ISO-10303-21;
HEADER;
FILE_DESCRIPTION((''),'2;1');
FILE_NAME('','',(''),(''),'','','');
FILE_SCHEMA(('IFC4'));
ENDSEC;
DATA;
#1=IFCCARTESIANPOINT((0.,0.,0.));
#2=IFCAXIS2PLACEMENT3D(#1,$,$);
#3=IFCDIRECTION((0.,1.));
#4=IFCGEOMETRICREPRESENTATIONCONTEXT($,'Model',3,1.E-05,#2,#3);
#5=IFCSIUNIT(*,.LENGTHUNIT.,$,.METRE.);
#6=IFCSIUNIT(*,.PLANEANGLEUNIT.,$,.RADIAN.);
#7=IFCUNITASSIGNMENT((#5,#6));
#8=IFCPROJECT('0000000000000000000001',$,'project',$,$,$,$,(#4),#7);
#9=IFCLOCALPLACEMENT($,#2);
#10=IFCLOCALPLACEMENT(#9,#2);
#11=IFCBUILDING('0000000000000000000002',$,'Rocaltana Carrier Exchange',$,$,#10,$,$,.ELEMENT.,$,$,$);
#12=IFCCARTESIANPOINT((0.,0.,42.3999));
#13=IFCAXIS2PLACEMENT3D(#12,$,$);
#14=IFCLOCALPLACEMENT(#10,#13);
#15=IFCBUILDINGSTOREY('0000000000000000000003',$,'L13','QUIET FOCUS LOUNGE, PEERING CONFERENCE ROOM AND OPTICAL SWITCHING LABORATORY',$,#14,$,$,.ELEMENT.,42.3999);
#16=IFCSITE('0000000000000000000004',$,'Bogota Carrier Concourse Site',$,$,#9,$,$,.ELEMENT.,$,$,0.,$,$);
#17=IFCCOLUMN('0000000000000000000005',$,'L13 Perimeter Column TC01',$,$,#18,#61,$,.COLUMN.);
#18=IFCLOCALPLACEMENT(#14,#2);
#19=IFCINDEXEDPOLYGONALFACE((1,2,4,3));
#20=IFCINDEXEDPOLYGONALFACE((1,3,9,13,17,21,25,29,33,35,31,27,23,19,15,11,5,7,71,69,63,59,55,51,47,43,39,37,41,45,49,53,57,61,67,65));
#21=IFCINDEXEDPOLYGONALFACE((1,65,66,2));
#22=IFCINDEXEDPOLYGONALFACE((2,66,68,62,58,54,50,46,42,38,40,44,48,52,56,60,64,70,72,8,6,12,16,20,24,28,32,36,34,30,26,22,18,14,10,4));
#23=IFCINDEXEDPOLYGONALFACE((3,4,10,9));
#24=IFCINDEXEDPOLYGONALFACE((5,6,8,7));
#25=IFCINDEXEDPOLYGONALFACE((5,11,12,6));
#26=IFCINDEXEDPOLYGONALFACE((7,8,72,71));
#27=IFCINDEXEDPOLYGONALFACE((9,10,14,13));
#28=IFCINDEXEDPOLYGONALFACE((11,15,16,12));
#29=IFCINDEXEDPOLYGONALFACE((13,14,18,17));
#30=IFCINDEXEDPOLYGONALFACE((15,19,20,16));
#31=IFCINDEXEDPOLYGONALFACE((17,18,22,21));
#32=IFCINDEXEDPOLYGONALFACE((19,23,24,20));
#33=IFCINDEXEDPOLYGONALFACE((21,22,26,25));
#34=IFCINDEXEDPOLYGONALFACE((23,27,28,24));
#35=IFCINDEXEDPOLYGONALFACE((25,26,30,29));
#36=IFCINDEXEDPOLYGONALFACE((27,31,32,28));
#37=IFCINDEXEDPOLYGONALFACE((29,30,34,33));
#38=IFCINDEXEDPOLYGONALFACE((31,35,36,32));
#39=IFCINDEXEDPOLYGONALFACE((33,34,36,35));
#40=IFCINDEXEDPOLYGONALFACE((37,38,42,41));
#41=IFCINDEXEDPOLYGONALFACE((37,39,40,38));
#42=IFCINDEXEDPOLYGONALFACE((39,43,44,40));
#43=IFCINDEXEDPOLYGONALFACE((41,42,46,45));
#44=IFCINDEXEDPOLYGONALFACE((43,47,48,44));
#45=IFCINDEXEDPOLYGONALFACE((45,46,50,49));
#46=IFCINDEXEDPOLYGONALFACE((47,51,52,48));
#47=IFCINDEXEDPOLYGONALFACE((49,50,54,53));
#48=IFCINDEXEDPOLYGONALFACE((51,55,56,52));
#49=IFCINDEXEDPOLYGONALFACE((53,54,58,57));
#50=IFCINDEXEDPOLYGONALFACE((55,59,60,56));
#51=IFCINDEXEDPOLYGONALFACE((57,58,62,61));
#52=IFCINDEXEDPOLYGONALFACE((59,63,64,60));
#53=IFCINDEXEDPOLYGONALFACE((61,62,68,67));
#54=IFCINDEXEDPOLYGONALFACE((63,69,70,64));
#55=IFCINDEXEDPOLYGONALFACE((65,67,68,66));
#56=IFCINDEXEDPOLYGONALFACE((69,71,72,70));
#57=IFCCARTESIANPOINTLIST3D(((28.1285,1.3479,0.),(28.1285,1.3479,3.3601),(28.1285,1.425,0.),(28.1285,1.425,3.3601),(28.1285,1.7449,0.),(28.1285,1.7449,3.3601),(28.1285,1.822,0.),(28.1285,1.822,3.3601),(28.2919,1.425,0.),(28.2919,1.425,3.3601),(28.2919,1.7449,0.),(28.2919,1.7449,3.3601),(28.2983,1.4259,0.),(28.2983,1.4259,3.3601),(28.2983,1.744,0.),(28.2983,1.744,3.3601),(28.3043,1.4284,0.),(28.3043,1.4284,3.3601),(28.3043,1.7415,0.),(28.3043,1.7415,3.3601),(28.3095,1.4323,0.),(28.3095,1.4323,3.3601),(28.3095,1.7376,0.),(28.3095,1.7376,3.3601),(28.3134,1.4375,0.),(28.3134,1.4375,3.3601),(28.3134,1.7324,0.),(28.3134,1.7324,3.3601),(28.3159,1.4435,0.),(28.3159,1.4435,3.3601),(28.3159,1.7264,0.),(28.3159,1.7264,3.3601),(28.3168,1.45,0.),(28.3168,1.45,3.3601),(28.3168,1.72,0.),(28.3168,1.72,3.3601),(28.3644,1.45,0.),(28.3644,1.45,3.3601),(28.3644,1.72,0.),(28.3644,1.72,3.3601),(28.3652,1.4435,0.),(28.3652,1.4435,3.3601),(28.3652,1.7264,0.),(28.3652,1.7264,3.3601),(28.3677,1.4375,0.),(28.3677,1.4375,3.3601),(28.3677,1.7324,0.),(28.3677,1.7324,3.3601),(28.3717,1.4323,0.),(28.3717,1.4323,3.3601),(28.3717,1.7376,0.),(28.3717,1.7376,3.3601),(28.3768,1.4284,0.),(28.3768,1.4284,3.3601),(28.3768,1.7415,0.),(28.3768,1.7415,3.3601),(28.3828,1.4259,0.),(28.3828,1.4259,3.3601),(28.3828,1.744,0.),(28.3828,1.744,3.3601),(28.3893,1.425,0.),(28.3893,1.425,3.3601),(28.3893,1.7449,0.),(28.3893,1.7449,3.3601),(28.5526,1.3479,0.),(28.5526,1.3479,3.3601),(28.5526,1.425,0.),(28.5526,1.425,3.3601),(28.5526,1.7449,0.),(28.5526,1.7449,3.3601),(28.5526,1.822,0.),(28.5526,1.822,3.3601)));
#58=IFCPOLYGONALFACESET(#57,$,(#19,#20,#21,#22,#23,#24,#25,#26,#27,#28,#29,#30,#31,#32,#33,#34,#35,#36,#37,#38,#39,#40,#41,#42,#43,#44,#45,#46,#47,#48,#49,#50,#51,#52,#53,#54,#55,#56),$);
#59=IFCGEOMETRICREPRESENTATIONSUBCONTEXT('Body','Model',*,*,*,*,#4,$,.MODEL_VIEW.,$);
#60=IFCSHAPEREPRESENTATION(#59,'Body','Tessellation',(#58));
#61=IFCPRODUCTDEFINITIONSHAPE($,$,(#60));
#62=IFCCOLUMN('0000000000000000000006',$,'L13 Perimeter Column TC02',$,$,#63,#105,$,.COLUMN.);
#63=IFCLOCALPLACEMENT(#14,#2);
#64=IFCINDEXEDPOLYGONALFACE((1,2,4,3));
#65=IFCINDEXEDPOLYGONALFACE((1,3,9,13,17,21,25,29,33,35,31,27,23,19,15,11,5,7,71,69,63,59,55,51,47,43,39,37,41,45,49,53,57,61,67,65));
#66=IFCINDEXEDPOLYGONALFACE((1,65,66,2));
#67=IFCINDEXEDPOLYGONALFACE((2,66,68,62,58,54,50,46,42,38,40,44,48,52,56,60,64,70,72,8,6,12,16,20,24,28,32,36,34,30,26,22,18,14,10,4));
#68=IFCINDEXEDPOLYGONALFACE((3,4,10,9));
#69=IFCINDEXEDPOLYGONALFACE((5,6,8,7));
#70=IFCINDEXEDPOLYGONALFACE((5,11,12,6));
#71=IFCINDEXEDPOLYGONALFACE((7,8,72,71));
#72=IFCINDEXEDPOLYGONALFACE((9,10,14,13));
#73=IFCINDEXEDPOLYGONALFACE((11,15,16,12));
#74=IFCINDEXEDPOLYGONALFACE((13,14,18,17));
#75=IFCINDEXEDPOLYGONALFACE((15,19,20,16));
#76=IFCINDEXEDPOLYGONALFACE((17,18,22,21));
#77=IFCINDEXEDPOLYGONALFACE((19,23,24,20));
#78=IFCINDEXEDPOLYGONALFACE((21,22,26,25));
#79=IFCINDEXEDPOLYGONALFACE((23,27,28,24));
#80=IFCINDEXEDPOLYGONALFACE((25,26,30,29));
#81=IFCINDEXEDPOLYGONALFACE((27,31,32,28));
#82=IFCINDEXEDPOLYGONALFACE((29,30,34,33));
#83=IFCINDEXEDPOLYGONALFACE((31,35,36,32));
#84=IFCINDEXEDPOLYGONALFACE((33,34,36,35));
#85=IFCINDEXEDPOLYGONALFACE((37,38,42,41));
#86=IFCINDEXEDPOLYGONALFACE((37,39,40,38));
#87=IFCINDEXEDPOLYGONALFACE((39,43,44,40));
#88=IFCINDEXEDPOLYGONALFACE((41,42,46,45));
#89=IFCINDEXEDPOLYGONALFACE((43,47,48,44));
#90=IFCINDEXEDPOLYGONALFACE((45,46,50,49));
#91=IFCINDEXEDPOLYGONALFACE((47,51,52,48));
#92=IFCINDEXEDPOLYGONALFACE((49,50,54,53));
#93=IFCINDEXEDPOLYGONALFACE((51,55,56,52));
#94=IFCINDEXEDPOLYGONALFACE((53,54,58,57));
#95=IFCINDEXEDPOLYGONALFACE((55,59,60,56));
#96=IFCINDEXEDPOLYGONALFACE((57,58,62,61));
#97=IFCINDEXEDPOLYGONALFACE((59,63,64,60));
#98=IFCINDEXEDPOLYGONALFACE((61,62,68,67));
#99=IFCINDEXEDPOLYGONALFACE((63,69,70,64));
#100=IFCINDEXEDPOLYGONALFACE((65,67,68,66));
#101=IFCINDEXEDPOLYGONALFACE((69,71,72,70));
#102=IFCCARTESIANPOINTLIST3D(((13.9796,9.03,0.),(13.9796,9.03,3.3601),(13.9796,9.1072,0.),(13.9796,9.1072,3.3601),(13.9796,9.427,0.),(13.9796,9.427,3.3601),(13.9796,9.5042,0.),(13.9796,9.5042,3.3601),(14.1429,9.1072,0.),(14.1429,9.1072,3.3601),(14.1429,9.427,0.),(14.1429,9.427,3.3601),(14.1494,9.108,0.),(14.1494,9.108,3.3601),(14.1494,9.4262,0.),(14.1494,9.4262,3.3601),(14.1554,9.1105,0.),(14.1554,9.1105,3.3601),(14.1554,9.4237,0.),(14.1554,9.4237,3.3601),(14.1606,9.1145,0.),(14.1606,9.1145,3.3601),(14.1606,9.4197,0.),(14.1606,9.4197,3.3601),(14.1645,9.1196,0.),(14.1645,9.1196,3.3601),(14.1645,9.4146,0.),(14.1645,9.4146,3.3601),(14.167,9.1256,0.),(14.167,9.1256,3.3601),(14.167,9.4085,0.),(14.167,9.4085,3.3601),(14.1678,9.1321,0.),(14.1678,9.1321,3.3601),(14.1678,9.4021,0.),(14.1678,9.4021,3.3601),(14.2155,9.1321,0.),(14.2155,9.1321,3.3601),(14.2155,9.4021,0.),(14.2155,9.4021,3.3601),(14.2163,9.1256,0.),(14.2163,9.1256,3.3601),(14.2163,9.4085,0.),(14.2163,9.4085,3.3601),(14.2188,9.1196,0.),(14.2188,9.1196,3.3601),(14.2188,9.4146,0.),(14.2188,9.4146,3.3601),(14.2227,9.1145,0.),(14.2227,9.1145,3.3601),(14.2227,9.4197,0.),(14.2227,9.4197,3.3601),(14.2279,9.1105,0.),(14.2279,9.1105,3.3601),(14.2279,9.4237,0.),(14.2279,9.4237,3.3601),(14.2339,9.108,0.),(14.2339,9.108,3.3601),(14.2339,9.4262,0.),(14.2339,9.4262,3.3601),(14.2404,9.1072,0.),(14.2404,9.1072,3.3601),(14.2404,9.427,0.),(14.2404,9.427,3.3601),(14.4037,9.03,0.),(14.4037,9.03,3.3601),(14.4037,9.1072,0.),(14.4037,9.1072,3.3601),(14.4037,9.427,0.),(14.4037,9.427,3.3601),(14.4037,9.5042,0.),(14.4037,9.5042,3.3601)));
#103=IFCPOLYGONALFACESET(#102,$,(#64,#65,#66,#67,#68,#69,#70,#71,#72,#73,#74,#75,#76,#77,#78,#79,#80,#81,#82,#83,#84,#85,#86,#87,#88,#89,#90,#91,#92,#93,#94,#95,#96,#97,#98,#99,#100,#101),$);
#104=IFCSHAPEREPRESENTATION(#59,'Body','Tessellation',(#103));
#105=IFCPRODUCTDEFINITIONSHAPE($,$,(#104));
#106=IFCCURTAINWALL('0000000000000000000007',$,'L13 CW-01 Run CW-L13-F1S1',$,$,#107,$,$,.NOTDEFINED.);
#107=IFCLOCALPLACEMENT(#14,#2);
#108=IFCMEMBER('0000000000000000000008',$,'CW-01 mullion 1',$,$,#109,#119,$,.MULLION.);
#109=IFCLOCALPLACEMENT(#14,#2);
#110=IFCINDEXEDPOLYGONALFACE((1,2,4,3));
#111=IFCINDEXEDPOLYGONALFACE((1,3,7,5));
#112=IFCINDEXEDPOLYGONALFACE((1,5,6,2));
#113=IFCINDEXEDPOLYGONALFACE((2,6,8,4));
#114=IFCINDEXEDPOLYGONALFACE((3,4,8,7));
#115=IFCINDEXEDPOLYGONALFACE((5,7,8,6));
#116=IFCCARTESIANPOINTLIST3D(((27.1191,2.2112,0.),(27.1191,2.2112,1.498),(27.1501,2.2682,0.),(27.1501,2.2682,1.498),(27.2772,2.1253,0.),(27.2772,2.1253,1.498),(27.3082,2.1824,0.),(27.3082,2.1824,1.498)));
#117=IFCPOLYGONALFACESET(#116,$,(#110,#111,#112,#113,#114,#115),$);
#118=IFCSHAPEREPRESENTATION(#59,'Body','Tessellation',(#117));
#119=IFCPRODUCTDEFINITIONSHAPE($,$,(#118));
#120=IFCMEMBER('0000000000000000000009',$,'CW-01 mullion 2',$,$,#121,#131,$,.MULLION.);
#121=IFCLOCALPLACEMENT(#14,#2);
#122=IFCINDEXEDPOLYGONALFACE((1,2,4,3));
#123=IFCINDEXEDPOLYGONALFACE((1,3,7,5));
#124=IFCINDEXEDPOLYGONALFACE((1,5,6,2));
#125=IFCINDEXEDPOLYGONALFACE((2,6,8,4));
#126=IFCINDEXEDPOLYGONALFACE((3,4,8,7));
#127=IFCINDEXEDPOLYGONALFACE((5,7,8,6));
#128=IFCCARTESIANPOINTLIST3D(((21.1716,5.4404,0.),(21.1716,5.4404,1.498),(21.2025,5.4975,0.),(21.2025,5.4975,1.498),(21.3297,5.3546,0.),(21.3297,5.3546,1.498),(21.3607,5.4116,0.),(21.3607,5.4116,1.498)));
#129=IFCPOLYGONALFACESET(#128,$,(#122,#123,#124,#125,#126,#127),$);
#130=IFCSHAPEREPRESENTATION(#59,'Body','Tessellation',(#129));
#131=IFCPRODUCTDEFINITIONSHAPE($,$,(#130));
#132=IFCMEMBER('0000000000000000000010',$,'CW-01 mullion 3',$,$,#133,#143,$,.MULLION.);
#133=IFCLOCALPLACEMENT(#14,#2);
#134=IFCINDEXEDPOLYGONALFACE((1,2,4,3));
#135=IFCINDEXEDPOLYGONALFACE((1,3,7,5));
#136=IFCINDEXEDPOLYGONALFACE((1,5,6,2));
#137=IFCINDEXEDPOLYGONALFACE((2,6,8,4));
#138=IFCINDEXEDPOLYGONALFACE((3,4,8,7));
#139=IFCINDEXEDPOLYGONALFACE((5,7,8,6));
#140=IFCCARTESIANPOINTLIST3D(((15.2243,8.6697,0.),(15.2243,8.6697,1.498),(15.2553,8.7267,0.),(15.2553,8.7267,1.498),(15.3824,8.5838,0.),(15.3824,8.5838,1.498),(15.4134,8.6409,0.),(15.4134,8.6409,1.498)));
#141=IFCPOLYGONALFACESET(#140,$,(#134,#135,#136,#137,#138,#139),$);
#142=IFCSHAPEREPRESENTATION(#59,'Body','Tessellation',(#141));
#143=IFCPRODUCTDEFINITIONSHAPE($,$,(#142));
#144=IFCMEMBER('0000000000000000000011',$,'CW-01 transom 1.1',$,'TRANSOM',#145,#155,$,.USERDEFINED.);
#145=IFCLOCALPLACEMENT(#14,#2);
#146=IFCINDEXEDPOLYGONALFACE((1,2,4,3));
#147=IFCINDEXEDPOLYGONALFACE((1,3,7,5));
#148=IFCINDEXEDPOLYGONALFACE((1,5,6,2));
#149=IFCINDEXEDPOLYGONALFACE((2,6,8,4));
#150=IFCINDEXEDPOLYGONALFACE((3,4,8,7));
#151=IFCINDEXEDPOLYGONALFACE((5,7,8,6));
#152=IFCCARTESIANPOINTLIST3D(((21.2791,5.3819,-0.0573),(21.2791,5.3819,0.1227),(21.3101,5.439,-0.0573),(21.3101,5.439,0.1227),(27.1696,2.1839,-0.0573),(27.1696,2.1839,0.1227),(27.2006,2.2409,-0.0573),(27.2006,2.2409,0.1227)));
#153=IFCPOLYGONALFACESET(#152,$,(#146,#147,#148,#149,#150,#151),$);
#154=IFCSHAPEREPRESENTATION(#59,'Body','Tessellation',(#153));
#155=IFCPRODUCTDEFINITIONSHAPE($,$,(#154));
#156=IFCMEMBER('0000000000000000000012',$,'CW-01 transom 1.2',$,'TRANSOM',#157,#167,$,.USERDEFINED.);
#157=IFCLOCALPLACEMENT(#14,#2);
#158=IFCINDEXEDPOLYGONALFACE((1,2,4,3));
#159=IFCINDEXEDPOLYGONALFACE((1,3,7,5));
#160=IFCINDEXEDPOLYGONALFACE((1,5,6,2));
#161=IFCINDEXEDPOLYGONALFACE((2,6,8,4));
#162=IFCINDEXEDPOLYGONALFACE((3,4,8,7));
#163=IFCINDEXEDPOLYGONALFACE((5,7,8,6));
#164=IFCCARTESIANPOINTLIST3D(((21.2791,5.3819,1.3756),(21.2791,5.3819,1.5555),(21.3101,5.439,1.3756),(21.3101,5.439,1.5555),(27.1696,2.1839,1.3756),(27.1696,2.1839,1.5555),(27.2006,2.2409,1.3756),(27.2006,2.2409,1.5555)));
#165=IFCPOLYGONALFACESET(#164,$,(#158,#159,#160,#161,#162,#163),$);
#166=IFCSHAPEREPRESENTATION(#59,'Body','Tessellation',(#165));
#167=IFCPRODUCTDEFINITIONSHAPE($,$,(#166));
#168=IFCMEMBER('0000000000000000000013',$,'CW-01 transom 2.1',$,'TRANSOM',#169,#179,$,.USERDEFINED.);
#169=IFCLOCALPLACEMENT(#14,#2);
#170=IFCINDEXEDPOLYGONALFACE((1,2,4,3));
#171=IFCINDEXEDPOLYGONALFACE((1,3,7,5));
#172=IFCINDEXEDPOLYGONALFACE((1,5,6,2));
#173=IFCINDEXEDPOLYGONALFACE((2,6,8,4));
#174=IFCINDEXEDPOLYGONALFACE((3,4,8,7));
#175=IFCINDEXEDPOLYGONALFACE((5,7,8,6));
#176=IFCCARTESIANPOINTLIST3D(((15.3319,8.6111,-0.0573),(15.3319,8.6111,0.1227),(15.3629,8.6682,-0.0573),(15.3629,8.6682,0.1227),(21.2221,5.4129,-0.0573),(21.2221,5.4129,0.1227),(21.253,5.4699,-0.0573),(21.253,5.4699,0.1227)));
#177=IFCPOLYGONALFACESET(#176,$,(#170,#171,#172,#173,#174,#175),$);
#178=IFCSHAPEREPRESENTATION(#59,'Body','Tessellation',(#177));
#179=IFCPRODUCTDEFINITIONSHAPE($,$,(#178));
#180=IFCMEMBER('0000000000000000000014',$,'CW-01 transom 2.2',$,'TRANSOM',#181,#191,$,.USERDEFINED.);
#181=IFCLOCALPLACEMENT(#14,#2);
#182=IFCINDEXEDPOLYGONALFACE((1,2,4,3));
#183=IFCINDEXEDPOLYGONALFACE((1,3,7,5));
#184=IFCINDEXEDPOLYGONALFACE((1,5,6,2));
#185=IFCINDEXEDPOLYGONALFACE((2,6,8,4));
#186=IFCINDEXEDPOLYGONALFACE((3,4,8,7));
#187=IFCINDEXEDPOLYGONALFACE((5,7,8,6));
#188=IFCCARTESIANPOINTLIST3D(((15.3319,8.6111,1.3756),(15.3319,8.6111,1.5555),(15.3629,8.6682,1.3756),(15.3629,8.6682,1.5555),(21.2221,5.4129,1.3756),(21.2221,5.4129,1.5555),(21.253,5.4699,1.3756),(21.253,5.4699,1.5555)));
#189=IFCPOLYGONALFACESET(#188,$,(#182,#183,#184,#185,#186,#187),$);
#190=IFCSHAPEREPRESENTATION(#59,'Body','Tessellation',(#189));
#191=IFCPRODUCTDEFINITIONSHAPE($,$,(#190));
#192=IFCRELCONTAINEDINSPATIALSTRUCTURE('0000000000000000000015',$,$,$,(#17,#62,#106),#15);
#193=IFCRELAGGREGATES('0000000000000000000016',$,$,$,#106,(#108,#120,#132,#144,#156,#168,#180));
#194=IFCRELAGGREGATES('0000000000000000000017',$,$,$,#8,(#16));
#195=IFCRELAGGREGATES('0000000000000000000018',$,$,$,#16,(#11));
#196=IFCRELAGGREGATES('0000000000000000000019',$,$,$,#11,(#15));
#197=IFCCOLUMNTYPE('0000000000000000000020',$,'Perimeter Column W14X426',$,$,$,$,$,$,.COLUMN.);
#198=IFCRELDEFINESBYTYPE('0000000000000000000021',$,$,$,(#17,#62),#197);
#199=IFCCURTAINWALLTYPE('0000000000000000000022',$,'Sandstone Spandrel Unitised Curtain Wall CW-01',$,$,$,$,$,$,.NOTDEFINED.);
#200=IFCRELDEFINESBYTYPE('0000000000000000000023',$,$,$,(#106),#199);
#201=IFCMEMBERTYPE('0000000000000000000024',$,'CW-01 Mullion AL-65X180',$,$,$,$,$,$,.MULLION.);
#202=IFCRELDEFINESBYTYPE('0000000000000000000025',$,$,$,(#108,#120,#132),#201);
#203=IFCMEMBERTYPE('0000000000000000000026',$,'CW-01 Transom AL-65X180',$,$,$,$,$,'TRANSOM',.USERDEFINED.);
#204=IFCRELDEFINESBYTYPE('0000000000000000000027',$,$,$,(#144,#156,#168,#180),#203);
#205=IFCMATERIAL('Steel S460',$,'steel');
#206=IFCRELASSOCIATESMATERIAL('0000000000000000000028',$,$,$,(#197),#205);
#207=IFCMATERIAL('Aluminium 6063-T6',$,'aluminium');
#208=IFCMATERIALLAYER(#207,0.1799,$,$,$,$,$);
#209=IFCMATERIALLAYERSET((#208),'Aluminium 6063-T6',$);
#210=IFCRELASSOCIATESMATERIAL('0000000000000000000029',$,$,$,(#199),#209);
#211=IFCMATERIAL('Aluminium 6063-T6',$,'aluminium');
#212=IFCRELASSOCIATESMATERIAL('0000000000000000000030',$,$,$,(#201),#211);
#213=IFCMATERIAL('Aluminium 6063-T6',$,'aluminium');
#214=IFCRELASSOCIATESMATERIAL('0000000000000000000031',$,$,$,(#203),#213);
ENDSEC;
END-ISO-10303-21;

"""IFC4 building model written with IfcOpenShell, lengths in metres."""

from ifc_helpers import new_model, si_unit, direction, frame, origin, origin_2d, place, context, subcontext, project, spatial, rectangle, i_section, extrude, material, layer, layer_set, material_profile, profile_set, type_object, element, aggregate, save


model = new_model("IFC4")

# Units and contexts
model_context = context("Model", 3, precision=1e-05, world=origin(), true_north=direction((0.0, 1.0)))
body_context = subcontext(model_context, "Body", "Model", "MODEL_VIEW")
ifc_project = project(units=[si_unit("LENGTHUNIT", "METRE"), si_unit("PLANEANGLEUNIT", "RADIAN")], contexts=[model_context])

# Site, building, storey
site_placement = place(None, origin())
site = spatial("IfcSite", under=ifc_project, at=site_placement, Name="Bogota Carrier Concourse Site", CompositionType="ELEMENT", RefElevation=0.0)
building_placement = place(site_placement, origin())
building = spatial("IfcBuilding", under=site, at=building_placement, Name="Rocaltana Carrier Exchange", CompositionType="ELEMENT")
storey_placement = place(building_placement, frame((0.0, 0.0, 42.3999)))
storey = spatial("IfcBuildingStorey", under=building, at=storey_placement, Name="L13", Description="QUIET FOCUS LOUNGE, PEERING CONFERENCE ROOM AND OPTICAL SWITCHING LABORATORY", CompositionType="ELEMENT", Elevation=42.3999)

# Columns
ifc_material_1 = material(Name="Steel S460", Category="steel")
ifc_material_profile_1 = material_profile(ifc_material_1, i_section(OverallWidth=0.4241, OverallDepth=0.4741, WebThickness=0.0476, FlangeThickness=0.0771, FilletRadius=0.0249, at=origin_2d()), Name="W14X426")
ifc_profile_set_1 = profile_set([ifc_material_profile_1], Name="Steel S460")
column_type = type_object("IfcColumnType", Name="Perimeter Column W14X426", PredefinedType="COLUMN", material=ifc_profile_set_1)
for number, where, z_axis, x_axis, name in (
    (1, (28.3406, 1.585, 0.0), (0.0, 0.0, 1.0), (1.0, 0.0, 0.0), "L13 Perimeter Column TC01"),
    (2, (14.1917, 9.2671, 0.0), (0.0, 0.0, 1.0), (1.0, 0.0, 0.0), "L13 Perimeter Column TC02"),
):
    element("IfcColumn", number, at=place(storey_placement, frame(where, z_axis=z_axis, x_axis=x_axis)), inside=storey, type_object=column_type, Name=name, PredefinedType="COLUMN", context=body_context, shape_type="SweptSolid", body=[
        extrude(i_section(OverallWidth=0.4241, OverallDepth=0.4741, WebThickness=0.0476, FlangeThickness=0.0771, FilletRadius=0.0249, at=origin_2d()), origin(), (0.0, 0.0, 1.0), 3.3601),
    ])

# Curtain wall, members
ifc_material_2 = material(Name="Aluminium 6063-T6", Category="aluminium")
ifc_layer_1 = layer(ifc_material_2, 0.1799)
ifc_layer_set_1 = layer_set([ifc_layer_1], Name="Aluminium 6063-T6")
curtain_wall_type = type_object("IfcCurtainWallType", Name="Sandstone Spandrel Unitised Curtain Wall CW-01", PredefinedType="NOTDEFINED", material=ifc_layer_set_1)
curtain_wall_placement = place(storey_placement, origin())
curtain_wall = element("IfcCurtainWall", 3, at=curtain_wall_placement, inside=storey, type_object=curtain_wall_type, Name="L13 CW-01 Run CW-L13-F1S1", PredefinedType="NOTDEFINED")
ifc_material_3 = material(Name="Aluminium 6063-T6", Category="aluminium")
ifc_material_profile_2 = material_profile(ifc_material_3, rectangle(XDim=0.0649, YDim=0.1799, at=origin_2d()), Name="AL-65X180")
ifc_profile_set_2 = profile_set([ifc_material_profile_2], Name="Aluminium 6063-T6")
member_type_1 = type_object("IfcMemberType", Name="CW-01 Mullion AL-65X180", PredefinedType="MULLION", material=ifc_profile_set_2)
member_1_placement = place(storey_placement, frame((27.2136, 2.1968, 0.0), z_axis=(0.0, 0.0, 1.0), x_axis=(-0.477161, -0.878816, 0.0)))
member_1 = element("IfcMember", 4, at=member_1_placement, type_object=member_type_1, Name="CW-01 mullion 1", PredefinedType="MULLION", context=body_context, shape_type="SweptSolid", body=[
    extrude(rectangle(XDim=0.0649, YDim=0.1799, at=origin_2d()), origin(), (0.0, 0.0, 1.0), 1.498),
])
member_2_placement = place(storey_placement, frame((21.2661, 5.426, 0.0), z_axis=(0.0, 0.0, 1.0), x_axis=(-0.477161, -0.878816, 0.0)))
member_2 = element("IfcMember", 5, at=member_2_placement, type_object=member_type_1, Name="CW-01 mullion 2", PredefinedType="MULLION", context=body_context, shape_type="SweptSolid", body=[
    extrude(rectangle(XDim=0.0649, YDim=0.1799, at=origin_2d()), origin(), (0.0, 0.0, 1.0), 1.498),
])
member_3_placement = place(storey_placement, frame((15.3188, 8.6553, 0.0), z_axis=(0.0, 0.0, 1.0), x_axis=(-0.477161, -0.878816, 0.0)))
member_3 = element("IfcMember", 6, at=member_3_placement, type_object=member_type_1, Name="CW-01 mullion 3", PredefinedType="MULLION", context=body_context, shape_type="SweptSolid", body=[
    extrude(rectangle(XDim=0.0649, YDim=0.1799, at=origin_2d()), origin(), (0.0, 0.0, 1.0), 1.498),
])
ifc_material_4 = material(Name="Aluminium 6063-T6", Category="aluminium")
ifc_material_profile_3 = material_profile(ifc_material_4, rectangle(XDim=0.0649, YDim=0.1799, at=origin_2d()), Name="AL-65X180")
ifc_profile_set_3 = profile_set([ifc_material_profile_3], Name="Aluminium 6063-T6")
member_type_2 = type_object("IfcMemberType", Name="CW-01 Transom AL-65X180", ElementType="TRANSOM", PredefinedType="USERDEFINED", material=ifc_profile_set_3)
member_4_placement = place(storey_placement, frame((27.1851, 2.2124, 0.0327), z_axis=(-0.878831, 0.477134, 0.0), x_axis=(-0.477134, -0.878831, 0.0)))
member_4 = element("IfcMember", 7, at=member_4_placement, type_object=member_type_2, Name="CW-01 transom 1.1", ObjectType="TRANSOM", PredefinedType="USERDEFINED", context=body_context, shape_type="SweptSolid", body=[
    extrude(rectangle(XDim=0.0649, YDim=0.1799, at=origin_2d()), origin(), (0.0, 0.0, 1.0), 6.7026),
])
member_5_placement = place(storey_placement, frame((27.1851, 2.2124, 1.4656), z_axis=(-0.878831, 0.477134, 0.0), x_axis=(-0.477134, -0.878831, 0.0)))
member_5 = element("IfcMember", 8, at=member_5_placement, type_object=member_type_2, Name="CW-01 transom 1.2", ObjectType="TRANSOM", PredefinedType="USERDEFINED", context=body_context, shape_type="SweptSolid", body=[
    extrude(rectangle(XDim=0.0649, YDim=0.1799, at=origin_2d()), origin(), (0.0, 0.0, 1.0), 6.7026),
])
member_6_placement = place(storey_placement, frame((21.2375, 5.4414, 0.0327), z_axis=(-0.878807, 0.477177, 0.0), x_axis=(-0.477177, -0.878807, 0.0)))
member_6 = element("IfcMember", 9, at=member_6_placement, type_object=member_type_2, Name="CW-01 transom 2.1", ObjectType="TRANSOM", PredefinedType="USERDEFINED", context=body_context, shape_type="SweptSolid", body=[
    extrude(rectangle(XDim=0.0649, YDim=0.1799, at=origin_2d()), origin(), (0.0, 0.0, 1.0), 6.7024),
])
member_7_placement = place(storey_placement, frame((21.2375, 5.4414, 1.4656), z_axis=(-0.878807, 0.477177, 0.0), x_axis=(-0.477177, -0.878807, 0.0)))
member_7 = element("IfcMember", 10, at=member_7_placement, type_object=member_type_2, Name="CW-01 transom 2.2", ObjectType="TRANSOM", PredefinedType="USERDEFINED", context=body_context, shape_type="SweptSolid", body=[
    extrude(rectangle(XDim=0.0649, YDim=0.1799, at=origin_2d()), origin(), (0.0, 0.0, 1.0), 6.7024),
])

aggregate(curtain_wall, [member_1, member_2, member_3, member_4, member_5, member_6, member_7])

save(model, "model.ifc")
